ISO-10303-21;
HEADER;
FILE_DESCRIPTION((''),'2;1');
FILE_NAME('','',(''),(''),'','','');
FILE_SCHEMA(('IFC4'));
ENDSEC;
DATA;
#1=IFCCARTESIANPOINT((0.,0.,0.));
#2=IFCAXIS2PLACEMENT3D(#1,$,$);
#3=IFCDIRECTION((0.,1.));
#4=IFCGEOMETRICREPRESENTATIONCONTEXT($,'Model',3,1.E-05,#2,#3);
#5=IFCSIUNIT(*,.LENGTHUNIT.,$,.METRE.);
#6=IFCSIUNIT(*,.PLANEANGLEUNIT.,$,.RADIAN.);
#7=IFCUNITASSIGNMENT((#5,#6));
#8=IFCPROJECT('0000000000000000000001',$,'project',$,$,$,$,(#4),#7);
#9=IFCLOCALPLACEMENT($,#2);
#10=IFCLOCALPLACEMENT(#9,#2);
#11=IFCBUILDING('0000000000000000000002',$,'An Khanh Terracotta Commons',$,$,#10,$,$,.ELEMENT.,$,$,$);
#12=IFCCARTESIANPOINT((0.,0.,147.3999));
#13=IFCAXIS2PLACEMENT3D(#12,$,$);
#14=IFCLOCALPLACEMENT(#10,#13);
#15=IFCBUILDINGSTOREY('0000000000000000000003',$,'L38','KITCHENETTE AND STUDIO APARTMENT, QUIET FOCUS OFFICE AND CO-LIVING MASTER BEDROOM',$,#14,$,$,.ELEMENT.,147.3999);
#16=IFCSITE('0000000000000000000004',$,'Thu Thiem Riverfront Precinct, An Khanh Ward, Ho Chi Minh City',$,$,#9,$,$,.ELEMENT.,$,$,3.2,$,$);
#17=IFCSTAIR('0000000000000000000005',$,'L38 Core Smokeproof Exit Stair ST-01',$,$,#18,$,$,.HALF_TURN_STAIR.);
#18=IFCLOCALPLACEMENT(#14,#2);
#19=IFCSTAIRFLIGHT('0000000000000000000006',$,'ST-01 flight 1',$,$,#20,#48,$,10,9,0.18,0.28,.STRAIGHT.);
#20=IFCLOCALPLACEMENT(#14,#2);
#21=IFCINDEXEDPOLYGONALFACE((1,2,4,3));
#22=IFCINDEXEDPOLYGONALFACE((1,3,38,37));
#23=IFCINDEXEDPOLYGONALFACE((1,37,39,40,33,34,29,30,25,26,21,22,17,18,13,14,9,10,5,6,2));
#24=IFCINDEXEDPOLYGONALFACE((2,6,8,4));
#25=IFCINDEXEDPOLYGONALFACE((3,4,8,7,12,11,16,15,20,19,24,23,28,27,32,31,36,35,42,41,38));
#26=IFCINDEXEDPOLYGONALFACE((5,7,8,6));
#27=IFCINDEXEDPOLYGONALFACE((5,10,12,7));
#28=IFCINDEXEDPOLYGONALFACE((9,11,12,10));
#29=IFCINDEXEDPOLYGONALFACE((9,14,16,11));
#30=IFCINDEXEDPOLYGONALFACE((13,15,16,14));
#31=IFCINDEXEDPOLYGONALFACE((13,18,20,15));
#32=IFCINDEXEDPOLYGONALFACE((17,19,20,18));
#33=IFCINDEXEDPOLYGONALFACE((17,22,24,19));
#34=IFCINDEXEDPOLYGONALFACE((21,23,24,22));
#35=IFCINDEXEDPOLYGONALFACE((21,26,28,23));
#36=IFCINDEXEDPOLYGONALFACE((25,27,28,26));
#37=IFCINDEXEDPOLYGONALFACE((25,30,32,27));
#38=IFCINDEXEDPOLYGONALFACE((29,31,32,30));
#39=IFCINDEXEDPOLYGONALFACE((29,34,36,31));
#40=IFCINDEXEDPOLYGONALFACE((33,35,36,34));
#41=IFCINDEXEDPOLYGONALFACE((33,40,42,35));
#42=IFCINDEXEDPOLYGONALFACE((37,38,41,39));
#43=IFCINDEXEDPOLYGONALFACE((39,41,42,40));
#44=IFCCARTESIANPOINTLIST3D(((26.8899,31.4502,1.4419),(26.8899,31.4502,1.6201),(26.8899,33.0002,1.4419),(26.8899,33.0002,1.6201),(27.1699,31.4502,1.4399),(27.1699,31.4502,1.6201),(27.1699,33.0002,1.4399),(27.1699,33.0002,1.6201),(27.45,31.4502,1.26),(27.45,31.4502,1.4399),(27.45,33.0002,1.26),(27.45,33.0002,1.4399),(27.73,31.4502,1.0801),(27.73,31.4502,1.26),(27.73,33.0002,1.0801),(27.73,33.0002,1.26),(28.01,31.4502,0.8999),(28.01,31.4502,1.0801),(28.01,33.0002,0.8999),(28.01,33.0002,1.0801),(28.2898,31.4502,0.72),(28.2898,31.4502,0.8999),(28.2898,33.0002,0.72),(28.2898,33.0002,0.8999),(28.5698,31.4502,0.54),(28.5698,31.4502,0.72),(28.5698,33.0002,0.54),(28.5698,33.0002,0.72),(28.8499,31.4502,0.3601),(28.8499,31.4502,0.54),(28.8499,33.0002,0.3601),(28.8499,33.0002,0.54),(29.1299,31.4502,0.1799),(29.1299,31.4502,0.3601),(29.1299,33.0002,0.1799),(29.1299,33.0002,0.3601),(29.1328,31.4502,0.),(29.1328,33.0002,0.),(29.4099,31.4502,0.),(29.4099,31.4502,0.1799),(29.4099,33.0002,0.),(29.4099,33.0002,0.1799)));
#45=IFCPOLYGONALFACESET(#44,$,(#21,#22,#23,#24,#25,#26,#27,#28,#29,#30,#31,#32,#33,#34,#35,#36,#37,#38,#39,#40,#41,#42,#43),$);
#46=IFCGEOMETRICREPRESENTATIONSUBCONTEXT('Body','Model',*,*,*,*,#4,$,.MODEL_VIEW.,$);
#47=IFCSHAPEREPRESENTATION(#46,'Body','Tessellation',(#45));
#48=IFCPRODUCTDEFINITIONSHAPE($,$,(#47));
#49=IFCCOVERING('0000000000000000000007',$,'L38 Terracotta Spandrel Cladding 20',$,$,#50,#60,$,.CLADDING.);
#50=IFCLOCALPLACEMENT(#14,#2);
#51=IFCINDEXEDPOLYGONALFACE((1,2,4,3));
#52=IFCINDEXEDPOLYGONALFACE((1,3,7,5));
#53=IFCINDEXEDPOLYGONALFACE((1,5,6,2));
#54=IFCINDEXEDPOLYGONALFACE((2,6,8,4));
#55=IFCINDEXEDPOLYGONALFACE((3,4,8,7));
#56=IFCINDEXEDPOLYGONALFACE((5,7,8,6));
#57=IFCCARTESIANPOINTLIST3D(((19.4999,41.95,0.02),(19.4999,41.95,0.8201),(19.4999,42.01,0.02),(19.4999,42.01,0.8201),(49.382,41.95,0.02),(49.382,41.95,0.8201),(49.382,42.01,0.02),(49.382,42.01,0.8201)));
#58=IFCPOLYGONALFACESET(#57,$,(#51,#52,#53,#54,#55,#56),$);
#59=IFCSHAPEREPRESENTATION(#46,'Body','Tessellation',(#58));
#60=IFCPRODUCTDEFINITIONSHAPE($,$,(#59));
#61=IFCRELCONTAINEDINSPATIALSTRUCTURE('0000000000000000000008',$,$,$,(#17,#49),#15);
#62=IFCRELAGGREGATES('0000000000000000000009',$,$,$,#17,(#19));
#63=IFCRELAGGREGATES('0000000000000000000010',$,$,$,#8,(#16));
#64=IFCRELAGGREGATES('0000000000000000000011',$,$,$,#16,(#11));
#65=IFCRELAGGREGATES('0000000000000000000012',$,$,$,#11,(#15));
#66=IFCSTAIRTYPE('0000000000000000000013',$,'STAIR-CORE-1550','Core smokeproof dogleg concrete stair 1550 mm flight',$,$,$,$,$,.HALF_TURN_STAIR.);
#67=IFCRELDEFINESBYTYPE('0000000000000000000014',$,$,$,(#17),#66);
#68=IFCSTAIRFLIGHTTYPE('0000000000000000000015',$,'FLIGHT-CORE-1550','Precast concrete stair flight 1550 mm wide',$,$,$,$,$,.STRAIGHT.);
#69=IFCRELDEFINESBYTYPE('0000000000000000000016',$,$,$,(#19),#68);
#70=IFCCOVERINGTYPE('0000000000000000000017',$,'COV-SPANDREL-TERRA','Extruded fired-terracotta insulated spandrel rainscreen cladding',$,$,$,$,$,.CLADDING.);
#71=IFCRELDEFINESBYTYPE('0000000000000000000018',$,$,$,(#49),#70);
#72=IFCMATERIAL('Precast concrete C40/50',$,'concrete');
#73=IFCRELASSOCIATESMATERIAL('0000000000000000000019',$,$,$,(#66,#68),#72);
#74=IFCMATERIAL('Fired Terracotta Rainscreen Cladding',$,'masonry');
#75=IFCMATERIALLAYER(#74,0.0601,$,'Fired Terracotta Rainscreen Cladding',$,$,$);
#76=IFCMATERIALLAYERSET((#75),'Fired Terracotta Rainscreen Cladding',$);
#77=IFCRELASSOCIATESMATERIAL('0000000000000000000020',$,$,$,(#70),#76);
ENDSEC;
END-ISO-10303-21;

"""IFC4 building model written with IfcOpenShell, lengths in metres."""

from ifc_helpers import new_model, si_unit, direction, frame, origin, origin_2d, place, context, subcontext, project, spatial, polyline, rectangle, outline, extrude, material, layer, layer_set, type_object, element, aggregate, save


model = new_model("IFC4")

# Units and contexts
model_context = context("Model", 3, precision=1e-05, world=origin(), true_north=direction((0.0, 1.0)))
body_context = subcontext(model_context, "Body", "Model", "MODEL_VIEW")
ifc_project = project(units=[si_unit("LENGTHUNIT", "METRE"), si_unit("PLANEANGLEUNIT", "RADIAN")], contexts=[model_context])

# Site, building, storey
site_placement = place(None, origin())
site = spatial("IfcSite", under=ifc_project, at=site_placement, Name="Thu Thiem Riverfront Precinct, An Khanh Ward, Ho Chi Minh City", CompositionType="ELEMENT", RefElevation=3.2)
building_placement = place(site_placement, origin())
building = spatial("IfcBuilding", under=site, at=building_placement, Name="An Khanh Terracotta Commons", CompositionType="ELEMENT")
storey_placement = place(building_placement, frame((0.0, 0.0, 147.3999)))
storey = spatial("IfcBuildingStorey", under=building, at=storey_placement, Name="L38", Description="KITCHENETTE AND STUDIO APARTMENT, QUIET FOCUS OFFICE AND CO-LIVING MASTER BEDROOM", CompositionType="ELEMENT", Elevation=147.3999)

# Stair, stair flight
ifc_material_1 = material(Name="Precast concrete C40/50", Category="concrete")
stair_type = type_object("IfcStairType", Name="STAIR-CORE-1550", Description="Core smokeproof dogleg concrete stair 1550 mm flight", PredefinedType="HALF_TURN_STAIR", material=ifc_material_1)
stair_placement = place(storey_placement, origin())
stair = element("IfcStair", 1, at=stair_placement, inside=storey, type_object=stair_type, Name="L38 Core Smokeproof Exit Stair ST-01", PredefinedType="HALF_TURN_STAIR")
stair_flight_type = type_object("IfcStairFlightType", Name="FLIGHT-CORE-1550", Description="Precast concrete stair flight 1550 mm wide", PredefinedType="STRAIGHT", material=ifc_material_1)
stair_flight_placement = place(storey_placement, frame((29.4099, 32.2251, 0.0), z_axis=(0.0, 0.0, 1.0), x_axis=(-1.0, 0.0, 0.0)))
stair_flight = element("IfcStairFlight", 2, at=stair_flight_placement, type_object=stair_flight_type, Name="ST-01 flight 1", NumberOfRisers=10, NumberOfTreads=9, PredefinedType="STRAIGHT", RiserHeight=0.18, TreadLength=0.28, context=body_context, shape_type="SweptSolid", body=[
    extrude(outline(polyline([(0.0, 0.0), (0.0, 0.1799), (0.28, 0.1799), (0.28, 0.3601), (0.5601, 0.3601), (0.5601, 0.54), (0.8401, 0.54), (0.8401, 0.72), (1.1201, 0.72), (1.1201, 0.8999), (1.3999, 0.8999), (1.3999, 1.0801), (1.6799, 1.0801), (1.6799, 1.26), (1.96, 1.26), (1.96, 1.4399), (2.24, 1.4399), (2.24, 1.6201), (2.52, 1.6201), (2.52, 1.8), (2.52, 1.4419), (0.2771, 0.0), (0.0, 0.0)])), frame((0.0, 0.7749, 0.0), z_axis=(0.0, -1.0, 0.0), x_axis=(1.0, 0.0, 0.0)), (0.0, 0.0, 1.0), 1.55),
])
aggregate(stair, [stair_flight])

# Covering
ifc_material_2 = material(Name="Fired Terracotta Rainscreen Cladding", Category="masonry")
ifc_layer_1 = layer(ifc_material_2, 0.0601, Name="Fired Terracotta Rainscreen Cladding")
ifc_layer_set_1 = layer_set([ifc_layer_1], Name="Fired Terracotta Rainscreen Cladding")
covering_type = type_object("IfcCoveringType", Name="COV-SPANDREL-TERRA", Description="Extruded fired-terracotta insulated spandrel rainscreen cladding", PredefinedType="CLADDING", material=ifc_layer_set_1)
covering_placement = place(storey_placement, frame((34.4409, 41.98, 0.02), z_axis=(0.0, 0.0, 1.0), x_axis=(-1.0, 0.0, 0.0)))
element("IfcCovering", 3, at=covering_placement, inside=storey, type_object=covering_type, Name="L38 Terracotta Spandrel Cladding 20", PredefinedType="CLADDING", context=body_context, shape_type="SweptSolid", body=[
    extrude(rectangle(XDim=29.8821, YDim=0.0601, at=origin_2d()), origin(), (0.0, 0.0, 1.0), 0.8),
])

save(model, "model.ifc")
